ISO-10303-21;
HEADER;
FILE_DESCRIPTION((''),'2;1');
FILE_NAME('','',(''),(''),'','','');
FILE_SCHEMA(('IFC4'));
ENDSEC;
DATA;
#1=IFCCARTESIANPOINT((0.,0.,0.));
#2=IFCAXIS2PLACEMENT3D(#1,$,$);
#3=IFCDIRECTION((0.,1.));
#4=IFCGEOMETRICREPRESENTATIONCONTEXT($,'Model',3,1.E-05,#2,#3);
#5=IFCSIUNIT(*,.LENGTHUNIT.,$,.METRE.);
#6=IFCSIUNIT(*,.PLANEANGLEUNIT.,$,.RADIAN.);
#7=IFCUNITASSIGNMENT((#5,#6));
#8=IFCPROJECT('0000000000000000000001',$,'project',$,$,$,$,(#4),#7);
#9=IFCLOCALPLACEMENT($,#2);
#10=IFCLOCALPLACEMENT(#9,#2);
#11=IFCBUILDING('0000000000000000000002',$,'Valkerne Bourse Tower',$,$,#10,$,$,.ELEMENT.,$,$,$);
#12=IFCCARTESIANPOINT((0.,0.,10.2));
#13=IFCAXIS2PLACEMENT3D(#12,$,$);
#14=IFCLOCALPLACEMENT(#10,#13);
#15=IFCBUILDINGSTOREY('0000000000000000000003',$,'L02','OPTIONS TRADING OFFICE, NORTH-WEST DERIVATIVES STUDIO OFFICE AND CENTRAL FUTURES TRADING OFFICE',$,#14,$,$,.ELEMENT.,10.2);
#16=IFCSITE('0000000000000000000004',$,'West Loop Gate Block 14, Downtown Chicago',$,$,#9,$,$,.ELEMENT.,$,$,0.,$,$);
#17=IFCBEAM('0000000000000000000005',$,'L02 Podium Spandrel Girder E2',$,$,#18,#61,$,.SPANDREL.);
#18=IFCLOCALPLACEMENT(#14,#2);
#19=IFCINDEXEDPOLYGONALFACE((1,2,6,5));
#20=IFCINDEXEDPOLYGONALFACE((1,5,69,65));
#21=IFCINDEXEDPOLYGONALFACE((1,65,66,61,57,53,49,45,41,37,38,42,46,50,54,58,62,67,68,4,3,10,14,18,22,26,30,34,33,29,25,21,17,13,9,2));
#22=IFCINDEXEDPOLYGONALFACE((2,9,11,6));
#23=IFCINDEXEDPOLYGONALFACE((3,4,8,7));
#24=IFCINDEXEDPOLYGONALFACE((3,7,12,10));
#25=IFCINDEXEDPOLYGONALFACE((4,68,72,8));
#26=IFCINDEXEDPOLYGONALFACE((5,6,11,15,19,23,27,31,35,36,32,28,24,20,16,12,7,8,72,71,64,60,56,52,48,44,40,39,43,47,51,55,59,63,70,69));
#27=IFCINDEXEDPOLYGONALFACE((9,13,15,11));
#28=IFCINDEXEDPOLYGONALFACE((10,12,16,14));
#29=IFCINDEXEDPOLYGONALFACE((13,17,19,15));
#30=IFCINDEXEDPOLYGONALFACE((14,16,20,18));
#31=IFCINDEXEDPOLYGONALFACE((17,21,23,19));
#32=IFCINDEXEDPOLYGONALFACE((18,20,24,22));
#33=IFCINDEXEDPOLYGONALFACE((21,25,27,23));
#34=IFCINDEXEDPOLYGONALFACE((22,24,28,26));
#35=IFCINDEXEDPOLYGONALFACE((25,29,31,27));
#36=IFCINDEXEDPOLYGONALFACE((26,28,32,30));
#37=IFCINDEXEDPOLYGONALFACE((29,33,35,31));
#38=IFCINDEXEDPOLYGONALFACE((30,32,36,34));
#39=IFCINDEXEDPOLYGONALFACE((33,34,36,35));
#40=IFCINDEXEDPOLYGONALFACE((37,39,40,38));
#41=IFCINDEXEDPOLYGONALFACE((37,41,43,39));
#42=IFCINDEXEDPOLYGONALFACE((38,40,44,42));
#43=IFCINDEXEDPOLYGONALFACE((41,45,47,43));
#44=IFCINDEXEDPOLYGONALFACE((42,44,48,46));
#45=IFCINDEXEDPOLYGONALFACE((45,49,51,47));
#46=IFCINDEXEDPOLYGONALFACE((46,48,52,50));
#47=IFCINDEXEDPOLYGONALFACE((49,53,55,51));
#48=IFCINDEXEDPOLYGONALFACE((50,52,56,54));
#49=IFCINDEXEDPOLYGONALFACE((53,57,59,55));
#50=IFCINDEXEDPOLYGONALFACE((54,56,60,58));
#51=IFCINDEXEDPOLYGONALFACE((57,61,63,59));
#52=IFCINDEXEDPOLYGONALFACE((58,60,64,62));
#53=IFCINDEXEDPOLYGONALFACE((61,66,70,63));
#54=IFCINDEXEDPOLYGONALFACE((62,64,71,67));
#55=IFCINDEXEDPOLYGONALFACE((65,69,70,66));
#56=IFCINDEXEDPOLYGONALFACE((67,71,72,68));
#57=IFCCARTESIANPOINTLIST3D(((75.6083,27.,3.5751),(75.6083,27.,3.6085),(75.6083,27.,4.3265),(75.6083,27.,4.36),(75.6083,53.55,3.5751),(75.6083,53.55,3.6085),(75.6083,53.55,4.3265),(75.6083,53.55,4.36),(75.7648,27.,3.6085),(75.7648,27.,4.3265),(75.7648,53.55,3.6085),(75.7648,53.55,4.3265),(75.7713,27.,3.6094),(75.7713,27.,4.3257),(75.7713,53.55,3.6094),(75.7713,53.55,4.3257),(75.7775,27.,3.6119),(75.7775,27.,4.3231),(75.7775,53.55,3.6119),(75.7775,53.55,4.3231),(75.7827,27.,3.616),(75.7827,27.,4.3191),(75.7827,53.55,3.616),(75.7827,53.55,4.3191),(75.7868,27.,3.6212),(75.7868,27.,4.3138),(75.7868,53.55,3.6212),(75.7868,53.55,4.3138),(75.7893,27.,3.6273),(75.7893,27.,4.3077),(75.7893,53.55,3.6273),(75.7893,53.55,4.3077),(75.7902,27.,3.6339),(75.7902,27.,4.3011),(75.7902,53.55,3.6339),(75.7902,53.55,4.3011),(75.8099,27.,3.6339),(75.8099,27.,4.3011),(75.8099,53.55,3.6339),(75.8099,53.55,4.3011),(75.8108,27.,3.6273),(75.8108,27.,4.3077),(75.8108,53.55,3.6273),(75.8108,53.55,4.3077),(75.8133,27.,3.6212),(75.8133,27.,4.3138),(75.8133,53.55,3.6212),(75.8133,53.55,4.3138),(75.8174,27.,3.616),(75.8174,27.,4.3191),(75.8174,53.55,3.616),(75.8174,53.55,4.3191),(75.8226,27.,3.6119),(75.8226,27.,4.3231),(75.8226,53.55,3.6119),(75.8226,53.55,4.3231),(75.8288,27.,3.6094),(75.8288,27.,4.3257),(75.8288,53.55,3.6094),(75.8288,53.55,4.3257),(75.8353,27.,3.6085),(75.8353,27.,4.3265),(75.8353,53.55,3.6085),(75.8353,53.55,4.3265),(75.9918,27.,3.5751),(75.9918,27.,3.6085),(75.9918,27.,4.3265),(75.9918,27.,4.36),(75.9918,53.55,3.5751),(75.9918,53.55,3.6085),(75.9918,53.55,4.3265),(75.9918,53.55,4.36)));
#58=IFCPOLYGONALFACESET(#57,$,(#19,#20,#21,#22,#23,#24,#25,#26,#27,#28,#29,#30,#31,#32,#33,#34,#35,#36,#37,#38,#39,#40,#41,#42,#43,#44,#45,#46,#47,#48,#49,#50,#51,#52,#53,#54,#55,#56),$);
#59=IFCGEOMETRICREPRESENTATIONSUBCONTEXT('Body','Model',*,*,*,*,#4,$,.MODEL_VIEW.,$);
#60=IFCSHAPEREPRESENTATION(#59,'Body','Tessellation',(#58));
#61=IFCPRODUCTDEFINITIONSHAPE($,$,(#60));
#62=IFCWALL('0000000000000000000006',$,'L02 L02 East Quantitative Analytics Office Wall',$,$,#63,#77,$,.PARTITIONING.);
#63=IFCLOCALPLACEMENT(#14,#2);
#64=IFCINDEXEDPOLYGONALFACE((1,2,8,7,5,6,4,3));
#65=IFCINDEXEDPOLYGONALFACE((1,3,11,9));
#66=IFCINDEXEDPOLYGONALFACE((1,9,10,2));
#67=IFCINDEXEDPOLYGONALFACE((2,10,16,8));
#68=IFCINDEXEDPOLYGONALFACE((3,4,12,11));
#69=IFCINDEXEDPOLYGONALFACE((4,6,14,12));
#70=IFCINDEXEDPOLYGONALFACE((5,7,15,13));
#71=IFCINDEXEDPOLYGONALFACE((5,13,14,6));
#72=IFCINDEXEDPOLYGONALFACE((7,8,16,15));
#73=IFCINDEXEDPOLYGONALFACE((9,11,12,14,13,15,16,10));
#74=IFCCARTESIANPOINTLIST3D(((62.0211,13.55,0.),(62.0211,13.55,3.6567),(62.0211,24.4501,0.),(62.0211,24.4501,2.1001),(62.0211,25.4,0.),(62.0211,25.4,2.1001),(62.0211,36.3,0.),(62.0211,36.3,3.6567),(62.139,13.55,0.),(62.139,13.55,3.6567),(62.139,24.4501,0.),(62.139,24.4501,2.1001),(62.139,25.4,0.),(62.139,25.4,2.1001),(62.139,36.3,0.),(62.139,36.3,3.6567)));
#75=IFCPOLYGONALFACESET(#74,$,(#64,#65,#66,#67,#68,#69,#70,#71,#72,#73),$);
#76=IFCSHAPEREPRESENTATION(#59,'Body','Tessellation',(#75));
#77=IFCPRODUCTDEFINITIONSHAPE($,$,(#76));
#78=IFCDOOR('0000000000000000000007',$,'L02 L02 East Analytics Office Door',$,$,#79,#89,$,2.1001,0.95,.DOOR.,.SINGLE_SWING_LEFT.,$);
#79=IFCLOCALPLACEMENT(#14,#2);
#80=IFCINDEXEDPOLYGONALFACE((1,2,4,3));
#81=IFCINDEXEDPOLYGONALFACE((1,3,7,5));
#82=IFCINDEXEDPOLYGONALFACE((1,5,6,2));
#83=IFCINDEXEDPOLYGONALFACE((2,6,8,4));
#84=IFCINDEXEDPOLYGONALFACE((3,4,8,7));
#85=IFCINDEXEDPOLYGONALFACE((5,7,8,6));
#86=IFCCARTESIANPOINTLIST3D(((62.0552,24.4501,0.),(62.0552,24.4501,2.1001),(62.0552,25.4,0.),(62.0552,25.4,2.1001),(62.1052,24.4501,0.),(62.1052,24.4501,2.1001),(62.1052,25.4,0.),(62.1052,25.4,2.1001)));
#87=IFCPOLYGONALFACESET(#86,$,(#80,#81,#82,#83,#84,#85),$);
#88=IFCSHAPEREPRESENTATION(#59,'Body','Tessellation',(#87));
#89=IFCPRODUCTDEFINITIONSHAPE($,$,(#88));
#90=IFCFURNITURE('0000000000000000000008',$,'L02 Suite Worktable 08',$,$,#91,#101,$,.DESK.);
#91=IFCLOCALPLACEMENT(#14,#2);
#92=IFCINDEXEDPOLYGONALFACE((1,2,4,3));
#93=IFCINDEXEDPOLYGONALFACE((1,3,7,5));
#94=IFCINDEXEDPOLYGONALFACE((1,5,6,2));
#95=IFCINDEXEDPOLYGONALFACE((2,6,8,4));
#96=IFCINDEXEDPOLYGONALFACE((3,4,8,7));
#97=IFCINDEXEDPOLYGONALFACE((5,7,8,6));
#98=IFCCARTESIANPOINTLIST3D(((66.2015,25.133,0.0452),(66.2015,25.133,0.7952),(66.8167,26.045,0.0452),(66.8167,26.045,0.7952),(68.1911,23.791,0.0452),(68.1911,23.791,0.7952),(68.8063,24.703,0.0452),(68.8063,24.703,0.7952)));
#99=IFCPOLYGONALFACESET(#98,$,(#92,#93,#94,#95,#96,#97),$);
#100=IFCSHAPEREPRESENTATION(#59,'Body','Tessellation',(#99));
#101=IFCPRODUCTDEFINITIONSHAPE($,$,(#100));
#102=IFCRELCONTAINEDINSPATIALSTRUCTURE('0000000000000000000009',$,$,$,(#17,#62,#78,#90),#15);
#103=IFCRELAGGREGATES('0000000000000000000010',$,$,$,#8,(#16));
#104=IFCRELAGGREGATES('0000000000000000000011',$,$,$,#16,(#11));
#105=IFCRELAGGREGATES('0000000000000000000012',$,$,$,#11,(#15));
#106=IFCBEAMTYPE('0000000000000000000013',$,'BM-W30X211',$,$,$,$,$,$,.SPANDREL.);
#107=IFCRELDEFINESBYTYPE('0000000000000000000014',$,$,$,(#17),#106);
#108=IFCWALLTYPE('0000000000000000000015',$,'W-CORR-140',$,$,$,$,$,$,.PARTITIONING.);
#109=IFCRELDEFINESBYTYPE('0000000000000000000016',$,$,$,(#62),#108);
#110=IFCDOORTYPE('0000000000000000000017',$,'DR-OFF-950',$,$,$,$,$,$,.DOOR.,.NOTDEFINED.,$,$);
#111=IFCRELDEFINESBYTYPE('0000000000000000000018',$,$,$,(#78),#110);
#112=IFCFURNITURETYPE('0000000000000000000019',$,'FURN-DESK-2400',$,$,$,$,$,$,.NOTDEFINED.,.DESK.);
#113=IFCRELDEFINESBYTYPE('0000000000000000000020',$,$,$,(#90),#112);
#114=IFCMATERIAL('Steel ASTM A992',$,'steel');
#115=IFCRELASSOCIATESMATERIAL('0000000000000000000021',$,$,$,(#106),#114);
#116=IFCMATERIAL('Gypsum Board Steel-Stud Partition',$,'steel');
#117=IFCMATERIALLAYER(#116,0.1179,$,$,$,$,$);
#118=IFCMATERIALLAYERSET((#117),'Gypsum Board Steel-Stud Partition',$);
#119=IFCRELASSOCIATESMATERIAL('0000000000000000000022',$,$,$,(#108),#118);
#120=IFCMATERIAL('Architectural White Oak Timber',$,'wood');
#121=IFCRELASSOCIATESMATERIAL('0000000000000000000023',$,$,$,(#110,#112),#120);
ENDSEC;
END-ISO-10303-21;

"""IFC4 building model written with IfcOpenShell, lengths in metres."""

from ifc_helpers import new_model, si_unit, direction, frame, frame_2d, origin, origin_2d, place, context, subcontext, project, spatial, rectangle, i_section, extrude, material, layer, layer_set, material_profile, profile_set, type_object, element, fill, save


model = new_model("IFC4")

# Units and contexts
model_context = context("Model", 3, precision=1e-05, world=origin(), true_north=direction((0.0, 1.0)))
body_context = subcontext(model_context, "Body", "Model", "MODEL_VIEW")
ifc_project = project(units=[si_unit("LENGTHUNIT", "METRE"), si_unit("PLANEANGLEUNIT", "RADIAN")], contexts=[model_context])

# Site, building, storey
site_placement = place(None, origin())
site = spatial("IfcSite", under=ifc_project, at=site_placement, Name="West Loop Gate Block 14, Downtown Chicago", CompositionType="ELEMENT", RefElevation=0.0)
building_placement = place(site_placement, origin())
building = spatial("IfcBuilding", under=site, at=building_placement, Name="Valkerne Bourse Tower", CompositionType="ELEMENT")
storey_placement = place(building_placement, frame((0.0, 0.0, 10.2)))
storey = spatial("IfcBuildingStorey", under=building, at=storey_placement, Name="L02", Description="OPTIONS TRADING OFFICE, NORTH-WEST DERIVATIVES STUDIO OFFICE AND CENTRAL FUTURES TRADING OFFICE", CompositionType="ELEMENT", Elevation=10.2)

# Beam
ifc_material_1 = material(Name="Steel ASTM A992", Category="steel")
ifc_material_profile_1 = material_profile(ifc_material_1, i_section(OverallWidth=0.3835, OverallDepth=0.7849, WebThickness=0.0198, FlangeThickness=0.0334, FilletRadius=0.0254, at=origin_2d()), Name="W30X211")
ifc_profile_set_1 = profile_set([ifc_material_profile_1], Name="Steel ASTM A992")
beam_type_1 = type_object("IfcBeamType", Name="BM-W30X211", PredefinedType="SPANDREL", material=ifc_profile_set_1)
beam_1_placement = place(storey_placement, frame((75.8, 27.0, 3.9675), z_axis=(0.0, 1.0, 0.0), x_axis=(-1.0, 0.0, 0.0)))
element("IfcBeam", 1, at=beam_1_placement, inside=storey, type_object=beam_type_1, Name="L02 Podium Spandrel Girder E2", PredefinedType="SPANDREL", context=body_context, shape_type="SweptSolid", body=[
    extrude(i_section(OverallWidth=0.3835, OverallDepth=0.7849, WebThickness=0.0198, FlangeThickness=0.0334, FilletRadius=0.0254, at=origin_2d()), origin(), (0.0, 0.0, 1.0), 26.55),
])

# Wall, opening, door
ifc_material_2 = material(Name="Gypsum Board Steel-Stud Partition", Category="steel")
ifc_layer_1 = layer(ifc_material_2, 0.1179)
ifc_layer_set_1 = layer_set([ifc_layer_1], Name="Gypsum Board Steel-Stud Partition")
wall_type_1 = type_object("IfcWallType", Name="W-CORR-140", PredefinedType="PARTITIONING", material=ifc_layer_set_1)
wall_1_placement = place(storey_placement, frame((62.0801, 13.55, 0.0), z_axis=(0.0, 0.0, 1.0), x_axis=(0.0, 1.0, 0.0)))
wall_1 = element("IfcWall", 2, at=wall_1_placement, inside=storey, type_object=wall_type_1, Name="L02 L02 East Quantitative Analytics Office Wall", PredefinedType="PARTITIONING", context=body_context, shape_type="SweptSolid", body=[
    extrude(rectangle(XDim=22.75, YDim=0.1179, at=frame_2d((11.375, 0.0))), origin(), (0.0, 0.0, 1.0), 3.6567),
])
opening_1_placement = place(wall_1_placement, frame((10.8999, 0.0, 0.0)))
opening_1 = element("IfcOpeningElement", 3, at=opening_1_placement, cuts=wall_1, PredefinedType="OPENING", context=body_context, shape_type="SweptSolid", body=[
    extrude(rectangle(XDim=0.95, YDim=2.1001, at=frame_2d((0.4751, 1.05))), frame((0.0, 0.0688, 0.0), z_axis=(0.0, -1.0, 0.0), x_axis=(1.0, 0.0, 0.0)), (0.0, 0.0, 1.0), 0.1379),
])
ifc_material_3 = material(Name="Architectural White Oak Timber", Category="wood")
door_type_1 = type_object("IfcDoorType", Name="DR-OFF-950", OperationType="NOTDEFINED", PredefinedType="DOOR", material=ifc_material_3)
door_1_placement = place(opening_1_placement, origin())
door_1 = element("IfcDoor", 4, at=door_1_placement, inside=storey, type_object=door_type_1, Name="L02 L02 East Analytics Office Door", OperationType="SINGLE_SWING_LEFT", OverallHeight=2.1001, OverallWidth=0.95, PredefinedType="DOOR", context=body_context, shape_type="SweptSolid", body=[
    extrude(rectangle(XDim=0.95, YDim=2.1001, at=frame_2d((0.4751, 1.05))), frame((0.0, 0.0249, 0.0), z_axis=(0.0, -1.0, 0.0), x_axis=(1.0, 0.0, 0.0)), (0.0, 0.0, 1.0), 0.05),
])
fill(opening_1, door_1)

# Furniture
furniture_type = type_object("IfcFurnitureType", Name="FURN-DESK-2400", AssemblyPlace="NOTDEFINED", PredefinedType="DESK", material=ifc_material_3)
furniture_placement = place(storey_placement, frame((67.5039, 24.918, 0.0452), z_axis=(0.0, 0.0, 1.0), x_axis=(-0.829038, 0.559193, 0.0)))
element("IfcFurniture", 5, at=furniture_placement, inside=storey, type_object=furniture_type, Name="L02 Suite Worktable 08", PredefinedType="DESK", context=body_context, shape_type="SweptSolid", body=[
    extrude(rectangle(XDim=2.3999, YDim=1.1001, at=origin_2d()), origin(), (0.0, 0.0, 1.0), 0.75),
])

save(model, "model.ifc")
